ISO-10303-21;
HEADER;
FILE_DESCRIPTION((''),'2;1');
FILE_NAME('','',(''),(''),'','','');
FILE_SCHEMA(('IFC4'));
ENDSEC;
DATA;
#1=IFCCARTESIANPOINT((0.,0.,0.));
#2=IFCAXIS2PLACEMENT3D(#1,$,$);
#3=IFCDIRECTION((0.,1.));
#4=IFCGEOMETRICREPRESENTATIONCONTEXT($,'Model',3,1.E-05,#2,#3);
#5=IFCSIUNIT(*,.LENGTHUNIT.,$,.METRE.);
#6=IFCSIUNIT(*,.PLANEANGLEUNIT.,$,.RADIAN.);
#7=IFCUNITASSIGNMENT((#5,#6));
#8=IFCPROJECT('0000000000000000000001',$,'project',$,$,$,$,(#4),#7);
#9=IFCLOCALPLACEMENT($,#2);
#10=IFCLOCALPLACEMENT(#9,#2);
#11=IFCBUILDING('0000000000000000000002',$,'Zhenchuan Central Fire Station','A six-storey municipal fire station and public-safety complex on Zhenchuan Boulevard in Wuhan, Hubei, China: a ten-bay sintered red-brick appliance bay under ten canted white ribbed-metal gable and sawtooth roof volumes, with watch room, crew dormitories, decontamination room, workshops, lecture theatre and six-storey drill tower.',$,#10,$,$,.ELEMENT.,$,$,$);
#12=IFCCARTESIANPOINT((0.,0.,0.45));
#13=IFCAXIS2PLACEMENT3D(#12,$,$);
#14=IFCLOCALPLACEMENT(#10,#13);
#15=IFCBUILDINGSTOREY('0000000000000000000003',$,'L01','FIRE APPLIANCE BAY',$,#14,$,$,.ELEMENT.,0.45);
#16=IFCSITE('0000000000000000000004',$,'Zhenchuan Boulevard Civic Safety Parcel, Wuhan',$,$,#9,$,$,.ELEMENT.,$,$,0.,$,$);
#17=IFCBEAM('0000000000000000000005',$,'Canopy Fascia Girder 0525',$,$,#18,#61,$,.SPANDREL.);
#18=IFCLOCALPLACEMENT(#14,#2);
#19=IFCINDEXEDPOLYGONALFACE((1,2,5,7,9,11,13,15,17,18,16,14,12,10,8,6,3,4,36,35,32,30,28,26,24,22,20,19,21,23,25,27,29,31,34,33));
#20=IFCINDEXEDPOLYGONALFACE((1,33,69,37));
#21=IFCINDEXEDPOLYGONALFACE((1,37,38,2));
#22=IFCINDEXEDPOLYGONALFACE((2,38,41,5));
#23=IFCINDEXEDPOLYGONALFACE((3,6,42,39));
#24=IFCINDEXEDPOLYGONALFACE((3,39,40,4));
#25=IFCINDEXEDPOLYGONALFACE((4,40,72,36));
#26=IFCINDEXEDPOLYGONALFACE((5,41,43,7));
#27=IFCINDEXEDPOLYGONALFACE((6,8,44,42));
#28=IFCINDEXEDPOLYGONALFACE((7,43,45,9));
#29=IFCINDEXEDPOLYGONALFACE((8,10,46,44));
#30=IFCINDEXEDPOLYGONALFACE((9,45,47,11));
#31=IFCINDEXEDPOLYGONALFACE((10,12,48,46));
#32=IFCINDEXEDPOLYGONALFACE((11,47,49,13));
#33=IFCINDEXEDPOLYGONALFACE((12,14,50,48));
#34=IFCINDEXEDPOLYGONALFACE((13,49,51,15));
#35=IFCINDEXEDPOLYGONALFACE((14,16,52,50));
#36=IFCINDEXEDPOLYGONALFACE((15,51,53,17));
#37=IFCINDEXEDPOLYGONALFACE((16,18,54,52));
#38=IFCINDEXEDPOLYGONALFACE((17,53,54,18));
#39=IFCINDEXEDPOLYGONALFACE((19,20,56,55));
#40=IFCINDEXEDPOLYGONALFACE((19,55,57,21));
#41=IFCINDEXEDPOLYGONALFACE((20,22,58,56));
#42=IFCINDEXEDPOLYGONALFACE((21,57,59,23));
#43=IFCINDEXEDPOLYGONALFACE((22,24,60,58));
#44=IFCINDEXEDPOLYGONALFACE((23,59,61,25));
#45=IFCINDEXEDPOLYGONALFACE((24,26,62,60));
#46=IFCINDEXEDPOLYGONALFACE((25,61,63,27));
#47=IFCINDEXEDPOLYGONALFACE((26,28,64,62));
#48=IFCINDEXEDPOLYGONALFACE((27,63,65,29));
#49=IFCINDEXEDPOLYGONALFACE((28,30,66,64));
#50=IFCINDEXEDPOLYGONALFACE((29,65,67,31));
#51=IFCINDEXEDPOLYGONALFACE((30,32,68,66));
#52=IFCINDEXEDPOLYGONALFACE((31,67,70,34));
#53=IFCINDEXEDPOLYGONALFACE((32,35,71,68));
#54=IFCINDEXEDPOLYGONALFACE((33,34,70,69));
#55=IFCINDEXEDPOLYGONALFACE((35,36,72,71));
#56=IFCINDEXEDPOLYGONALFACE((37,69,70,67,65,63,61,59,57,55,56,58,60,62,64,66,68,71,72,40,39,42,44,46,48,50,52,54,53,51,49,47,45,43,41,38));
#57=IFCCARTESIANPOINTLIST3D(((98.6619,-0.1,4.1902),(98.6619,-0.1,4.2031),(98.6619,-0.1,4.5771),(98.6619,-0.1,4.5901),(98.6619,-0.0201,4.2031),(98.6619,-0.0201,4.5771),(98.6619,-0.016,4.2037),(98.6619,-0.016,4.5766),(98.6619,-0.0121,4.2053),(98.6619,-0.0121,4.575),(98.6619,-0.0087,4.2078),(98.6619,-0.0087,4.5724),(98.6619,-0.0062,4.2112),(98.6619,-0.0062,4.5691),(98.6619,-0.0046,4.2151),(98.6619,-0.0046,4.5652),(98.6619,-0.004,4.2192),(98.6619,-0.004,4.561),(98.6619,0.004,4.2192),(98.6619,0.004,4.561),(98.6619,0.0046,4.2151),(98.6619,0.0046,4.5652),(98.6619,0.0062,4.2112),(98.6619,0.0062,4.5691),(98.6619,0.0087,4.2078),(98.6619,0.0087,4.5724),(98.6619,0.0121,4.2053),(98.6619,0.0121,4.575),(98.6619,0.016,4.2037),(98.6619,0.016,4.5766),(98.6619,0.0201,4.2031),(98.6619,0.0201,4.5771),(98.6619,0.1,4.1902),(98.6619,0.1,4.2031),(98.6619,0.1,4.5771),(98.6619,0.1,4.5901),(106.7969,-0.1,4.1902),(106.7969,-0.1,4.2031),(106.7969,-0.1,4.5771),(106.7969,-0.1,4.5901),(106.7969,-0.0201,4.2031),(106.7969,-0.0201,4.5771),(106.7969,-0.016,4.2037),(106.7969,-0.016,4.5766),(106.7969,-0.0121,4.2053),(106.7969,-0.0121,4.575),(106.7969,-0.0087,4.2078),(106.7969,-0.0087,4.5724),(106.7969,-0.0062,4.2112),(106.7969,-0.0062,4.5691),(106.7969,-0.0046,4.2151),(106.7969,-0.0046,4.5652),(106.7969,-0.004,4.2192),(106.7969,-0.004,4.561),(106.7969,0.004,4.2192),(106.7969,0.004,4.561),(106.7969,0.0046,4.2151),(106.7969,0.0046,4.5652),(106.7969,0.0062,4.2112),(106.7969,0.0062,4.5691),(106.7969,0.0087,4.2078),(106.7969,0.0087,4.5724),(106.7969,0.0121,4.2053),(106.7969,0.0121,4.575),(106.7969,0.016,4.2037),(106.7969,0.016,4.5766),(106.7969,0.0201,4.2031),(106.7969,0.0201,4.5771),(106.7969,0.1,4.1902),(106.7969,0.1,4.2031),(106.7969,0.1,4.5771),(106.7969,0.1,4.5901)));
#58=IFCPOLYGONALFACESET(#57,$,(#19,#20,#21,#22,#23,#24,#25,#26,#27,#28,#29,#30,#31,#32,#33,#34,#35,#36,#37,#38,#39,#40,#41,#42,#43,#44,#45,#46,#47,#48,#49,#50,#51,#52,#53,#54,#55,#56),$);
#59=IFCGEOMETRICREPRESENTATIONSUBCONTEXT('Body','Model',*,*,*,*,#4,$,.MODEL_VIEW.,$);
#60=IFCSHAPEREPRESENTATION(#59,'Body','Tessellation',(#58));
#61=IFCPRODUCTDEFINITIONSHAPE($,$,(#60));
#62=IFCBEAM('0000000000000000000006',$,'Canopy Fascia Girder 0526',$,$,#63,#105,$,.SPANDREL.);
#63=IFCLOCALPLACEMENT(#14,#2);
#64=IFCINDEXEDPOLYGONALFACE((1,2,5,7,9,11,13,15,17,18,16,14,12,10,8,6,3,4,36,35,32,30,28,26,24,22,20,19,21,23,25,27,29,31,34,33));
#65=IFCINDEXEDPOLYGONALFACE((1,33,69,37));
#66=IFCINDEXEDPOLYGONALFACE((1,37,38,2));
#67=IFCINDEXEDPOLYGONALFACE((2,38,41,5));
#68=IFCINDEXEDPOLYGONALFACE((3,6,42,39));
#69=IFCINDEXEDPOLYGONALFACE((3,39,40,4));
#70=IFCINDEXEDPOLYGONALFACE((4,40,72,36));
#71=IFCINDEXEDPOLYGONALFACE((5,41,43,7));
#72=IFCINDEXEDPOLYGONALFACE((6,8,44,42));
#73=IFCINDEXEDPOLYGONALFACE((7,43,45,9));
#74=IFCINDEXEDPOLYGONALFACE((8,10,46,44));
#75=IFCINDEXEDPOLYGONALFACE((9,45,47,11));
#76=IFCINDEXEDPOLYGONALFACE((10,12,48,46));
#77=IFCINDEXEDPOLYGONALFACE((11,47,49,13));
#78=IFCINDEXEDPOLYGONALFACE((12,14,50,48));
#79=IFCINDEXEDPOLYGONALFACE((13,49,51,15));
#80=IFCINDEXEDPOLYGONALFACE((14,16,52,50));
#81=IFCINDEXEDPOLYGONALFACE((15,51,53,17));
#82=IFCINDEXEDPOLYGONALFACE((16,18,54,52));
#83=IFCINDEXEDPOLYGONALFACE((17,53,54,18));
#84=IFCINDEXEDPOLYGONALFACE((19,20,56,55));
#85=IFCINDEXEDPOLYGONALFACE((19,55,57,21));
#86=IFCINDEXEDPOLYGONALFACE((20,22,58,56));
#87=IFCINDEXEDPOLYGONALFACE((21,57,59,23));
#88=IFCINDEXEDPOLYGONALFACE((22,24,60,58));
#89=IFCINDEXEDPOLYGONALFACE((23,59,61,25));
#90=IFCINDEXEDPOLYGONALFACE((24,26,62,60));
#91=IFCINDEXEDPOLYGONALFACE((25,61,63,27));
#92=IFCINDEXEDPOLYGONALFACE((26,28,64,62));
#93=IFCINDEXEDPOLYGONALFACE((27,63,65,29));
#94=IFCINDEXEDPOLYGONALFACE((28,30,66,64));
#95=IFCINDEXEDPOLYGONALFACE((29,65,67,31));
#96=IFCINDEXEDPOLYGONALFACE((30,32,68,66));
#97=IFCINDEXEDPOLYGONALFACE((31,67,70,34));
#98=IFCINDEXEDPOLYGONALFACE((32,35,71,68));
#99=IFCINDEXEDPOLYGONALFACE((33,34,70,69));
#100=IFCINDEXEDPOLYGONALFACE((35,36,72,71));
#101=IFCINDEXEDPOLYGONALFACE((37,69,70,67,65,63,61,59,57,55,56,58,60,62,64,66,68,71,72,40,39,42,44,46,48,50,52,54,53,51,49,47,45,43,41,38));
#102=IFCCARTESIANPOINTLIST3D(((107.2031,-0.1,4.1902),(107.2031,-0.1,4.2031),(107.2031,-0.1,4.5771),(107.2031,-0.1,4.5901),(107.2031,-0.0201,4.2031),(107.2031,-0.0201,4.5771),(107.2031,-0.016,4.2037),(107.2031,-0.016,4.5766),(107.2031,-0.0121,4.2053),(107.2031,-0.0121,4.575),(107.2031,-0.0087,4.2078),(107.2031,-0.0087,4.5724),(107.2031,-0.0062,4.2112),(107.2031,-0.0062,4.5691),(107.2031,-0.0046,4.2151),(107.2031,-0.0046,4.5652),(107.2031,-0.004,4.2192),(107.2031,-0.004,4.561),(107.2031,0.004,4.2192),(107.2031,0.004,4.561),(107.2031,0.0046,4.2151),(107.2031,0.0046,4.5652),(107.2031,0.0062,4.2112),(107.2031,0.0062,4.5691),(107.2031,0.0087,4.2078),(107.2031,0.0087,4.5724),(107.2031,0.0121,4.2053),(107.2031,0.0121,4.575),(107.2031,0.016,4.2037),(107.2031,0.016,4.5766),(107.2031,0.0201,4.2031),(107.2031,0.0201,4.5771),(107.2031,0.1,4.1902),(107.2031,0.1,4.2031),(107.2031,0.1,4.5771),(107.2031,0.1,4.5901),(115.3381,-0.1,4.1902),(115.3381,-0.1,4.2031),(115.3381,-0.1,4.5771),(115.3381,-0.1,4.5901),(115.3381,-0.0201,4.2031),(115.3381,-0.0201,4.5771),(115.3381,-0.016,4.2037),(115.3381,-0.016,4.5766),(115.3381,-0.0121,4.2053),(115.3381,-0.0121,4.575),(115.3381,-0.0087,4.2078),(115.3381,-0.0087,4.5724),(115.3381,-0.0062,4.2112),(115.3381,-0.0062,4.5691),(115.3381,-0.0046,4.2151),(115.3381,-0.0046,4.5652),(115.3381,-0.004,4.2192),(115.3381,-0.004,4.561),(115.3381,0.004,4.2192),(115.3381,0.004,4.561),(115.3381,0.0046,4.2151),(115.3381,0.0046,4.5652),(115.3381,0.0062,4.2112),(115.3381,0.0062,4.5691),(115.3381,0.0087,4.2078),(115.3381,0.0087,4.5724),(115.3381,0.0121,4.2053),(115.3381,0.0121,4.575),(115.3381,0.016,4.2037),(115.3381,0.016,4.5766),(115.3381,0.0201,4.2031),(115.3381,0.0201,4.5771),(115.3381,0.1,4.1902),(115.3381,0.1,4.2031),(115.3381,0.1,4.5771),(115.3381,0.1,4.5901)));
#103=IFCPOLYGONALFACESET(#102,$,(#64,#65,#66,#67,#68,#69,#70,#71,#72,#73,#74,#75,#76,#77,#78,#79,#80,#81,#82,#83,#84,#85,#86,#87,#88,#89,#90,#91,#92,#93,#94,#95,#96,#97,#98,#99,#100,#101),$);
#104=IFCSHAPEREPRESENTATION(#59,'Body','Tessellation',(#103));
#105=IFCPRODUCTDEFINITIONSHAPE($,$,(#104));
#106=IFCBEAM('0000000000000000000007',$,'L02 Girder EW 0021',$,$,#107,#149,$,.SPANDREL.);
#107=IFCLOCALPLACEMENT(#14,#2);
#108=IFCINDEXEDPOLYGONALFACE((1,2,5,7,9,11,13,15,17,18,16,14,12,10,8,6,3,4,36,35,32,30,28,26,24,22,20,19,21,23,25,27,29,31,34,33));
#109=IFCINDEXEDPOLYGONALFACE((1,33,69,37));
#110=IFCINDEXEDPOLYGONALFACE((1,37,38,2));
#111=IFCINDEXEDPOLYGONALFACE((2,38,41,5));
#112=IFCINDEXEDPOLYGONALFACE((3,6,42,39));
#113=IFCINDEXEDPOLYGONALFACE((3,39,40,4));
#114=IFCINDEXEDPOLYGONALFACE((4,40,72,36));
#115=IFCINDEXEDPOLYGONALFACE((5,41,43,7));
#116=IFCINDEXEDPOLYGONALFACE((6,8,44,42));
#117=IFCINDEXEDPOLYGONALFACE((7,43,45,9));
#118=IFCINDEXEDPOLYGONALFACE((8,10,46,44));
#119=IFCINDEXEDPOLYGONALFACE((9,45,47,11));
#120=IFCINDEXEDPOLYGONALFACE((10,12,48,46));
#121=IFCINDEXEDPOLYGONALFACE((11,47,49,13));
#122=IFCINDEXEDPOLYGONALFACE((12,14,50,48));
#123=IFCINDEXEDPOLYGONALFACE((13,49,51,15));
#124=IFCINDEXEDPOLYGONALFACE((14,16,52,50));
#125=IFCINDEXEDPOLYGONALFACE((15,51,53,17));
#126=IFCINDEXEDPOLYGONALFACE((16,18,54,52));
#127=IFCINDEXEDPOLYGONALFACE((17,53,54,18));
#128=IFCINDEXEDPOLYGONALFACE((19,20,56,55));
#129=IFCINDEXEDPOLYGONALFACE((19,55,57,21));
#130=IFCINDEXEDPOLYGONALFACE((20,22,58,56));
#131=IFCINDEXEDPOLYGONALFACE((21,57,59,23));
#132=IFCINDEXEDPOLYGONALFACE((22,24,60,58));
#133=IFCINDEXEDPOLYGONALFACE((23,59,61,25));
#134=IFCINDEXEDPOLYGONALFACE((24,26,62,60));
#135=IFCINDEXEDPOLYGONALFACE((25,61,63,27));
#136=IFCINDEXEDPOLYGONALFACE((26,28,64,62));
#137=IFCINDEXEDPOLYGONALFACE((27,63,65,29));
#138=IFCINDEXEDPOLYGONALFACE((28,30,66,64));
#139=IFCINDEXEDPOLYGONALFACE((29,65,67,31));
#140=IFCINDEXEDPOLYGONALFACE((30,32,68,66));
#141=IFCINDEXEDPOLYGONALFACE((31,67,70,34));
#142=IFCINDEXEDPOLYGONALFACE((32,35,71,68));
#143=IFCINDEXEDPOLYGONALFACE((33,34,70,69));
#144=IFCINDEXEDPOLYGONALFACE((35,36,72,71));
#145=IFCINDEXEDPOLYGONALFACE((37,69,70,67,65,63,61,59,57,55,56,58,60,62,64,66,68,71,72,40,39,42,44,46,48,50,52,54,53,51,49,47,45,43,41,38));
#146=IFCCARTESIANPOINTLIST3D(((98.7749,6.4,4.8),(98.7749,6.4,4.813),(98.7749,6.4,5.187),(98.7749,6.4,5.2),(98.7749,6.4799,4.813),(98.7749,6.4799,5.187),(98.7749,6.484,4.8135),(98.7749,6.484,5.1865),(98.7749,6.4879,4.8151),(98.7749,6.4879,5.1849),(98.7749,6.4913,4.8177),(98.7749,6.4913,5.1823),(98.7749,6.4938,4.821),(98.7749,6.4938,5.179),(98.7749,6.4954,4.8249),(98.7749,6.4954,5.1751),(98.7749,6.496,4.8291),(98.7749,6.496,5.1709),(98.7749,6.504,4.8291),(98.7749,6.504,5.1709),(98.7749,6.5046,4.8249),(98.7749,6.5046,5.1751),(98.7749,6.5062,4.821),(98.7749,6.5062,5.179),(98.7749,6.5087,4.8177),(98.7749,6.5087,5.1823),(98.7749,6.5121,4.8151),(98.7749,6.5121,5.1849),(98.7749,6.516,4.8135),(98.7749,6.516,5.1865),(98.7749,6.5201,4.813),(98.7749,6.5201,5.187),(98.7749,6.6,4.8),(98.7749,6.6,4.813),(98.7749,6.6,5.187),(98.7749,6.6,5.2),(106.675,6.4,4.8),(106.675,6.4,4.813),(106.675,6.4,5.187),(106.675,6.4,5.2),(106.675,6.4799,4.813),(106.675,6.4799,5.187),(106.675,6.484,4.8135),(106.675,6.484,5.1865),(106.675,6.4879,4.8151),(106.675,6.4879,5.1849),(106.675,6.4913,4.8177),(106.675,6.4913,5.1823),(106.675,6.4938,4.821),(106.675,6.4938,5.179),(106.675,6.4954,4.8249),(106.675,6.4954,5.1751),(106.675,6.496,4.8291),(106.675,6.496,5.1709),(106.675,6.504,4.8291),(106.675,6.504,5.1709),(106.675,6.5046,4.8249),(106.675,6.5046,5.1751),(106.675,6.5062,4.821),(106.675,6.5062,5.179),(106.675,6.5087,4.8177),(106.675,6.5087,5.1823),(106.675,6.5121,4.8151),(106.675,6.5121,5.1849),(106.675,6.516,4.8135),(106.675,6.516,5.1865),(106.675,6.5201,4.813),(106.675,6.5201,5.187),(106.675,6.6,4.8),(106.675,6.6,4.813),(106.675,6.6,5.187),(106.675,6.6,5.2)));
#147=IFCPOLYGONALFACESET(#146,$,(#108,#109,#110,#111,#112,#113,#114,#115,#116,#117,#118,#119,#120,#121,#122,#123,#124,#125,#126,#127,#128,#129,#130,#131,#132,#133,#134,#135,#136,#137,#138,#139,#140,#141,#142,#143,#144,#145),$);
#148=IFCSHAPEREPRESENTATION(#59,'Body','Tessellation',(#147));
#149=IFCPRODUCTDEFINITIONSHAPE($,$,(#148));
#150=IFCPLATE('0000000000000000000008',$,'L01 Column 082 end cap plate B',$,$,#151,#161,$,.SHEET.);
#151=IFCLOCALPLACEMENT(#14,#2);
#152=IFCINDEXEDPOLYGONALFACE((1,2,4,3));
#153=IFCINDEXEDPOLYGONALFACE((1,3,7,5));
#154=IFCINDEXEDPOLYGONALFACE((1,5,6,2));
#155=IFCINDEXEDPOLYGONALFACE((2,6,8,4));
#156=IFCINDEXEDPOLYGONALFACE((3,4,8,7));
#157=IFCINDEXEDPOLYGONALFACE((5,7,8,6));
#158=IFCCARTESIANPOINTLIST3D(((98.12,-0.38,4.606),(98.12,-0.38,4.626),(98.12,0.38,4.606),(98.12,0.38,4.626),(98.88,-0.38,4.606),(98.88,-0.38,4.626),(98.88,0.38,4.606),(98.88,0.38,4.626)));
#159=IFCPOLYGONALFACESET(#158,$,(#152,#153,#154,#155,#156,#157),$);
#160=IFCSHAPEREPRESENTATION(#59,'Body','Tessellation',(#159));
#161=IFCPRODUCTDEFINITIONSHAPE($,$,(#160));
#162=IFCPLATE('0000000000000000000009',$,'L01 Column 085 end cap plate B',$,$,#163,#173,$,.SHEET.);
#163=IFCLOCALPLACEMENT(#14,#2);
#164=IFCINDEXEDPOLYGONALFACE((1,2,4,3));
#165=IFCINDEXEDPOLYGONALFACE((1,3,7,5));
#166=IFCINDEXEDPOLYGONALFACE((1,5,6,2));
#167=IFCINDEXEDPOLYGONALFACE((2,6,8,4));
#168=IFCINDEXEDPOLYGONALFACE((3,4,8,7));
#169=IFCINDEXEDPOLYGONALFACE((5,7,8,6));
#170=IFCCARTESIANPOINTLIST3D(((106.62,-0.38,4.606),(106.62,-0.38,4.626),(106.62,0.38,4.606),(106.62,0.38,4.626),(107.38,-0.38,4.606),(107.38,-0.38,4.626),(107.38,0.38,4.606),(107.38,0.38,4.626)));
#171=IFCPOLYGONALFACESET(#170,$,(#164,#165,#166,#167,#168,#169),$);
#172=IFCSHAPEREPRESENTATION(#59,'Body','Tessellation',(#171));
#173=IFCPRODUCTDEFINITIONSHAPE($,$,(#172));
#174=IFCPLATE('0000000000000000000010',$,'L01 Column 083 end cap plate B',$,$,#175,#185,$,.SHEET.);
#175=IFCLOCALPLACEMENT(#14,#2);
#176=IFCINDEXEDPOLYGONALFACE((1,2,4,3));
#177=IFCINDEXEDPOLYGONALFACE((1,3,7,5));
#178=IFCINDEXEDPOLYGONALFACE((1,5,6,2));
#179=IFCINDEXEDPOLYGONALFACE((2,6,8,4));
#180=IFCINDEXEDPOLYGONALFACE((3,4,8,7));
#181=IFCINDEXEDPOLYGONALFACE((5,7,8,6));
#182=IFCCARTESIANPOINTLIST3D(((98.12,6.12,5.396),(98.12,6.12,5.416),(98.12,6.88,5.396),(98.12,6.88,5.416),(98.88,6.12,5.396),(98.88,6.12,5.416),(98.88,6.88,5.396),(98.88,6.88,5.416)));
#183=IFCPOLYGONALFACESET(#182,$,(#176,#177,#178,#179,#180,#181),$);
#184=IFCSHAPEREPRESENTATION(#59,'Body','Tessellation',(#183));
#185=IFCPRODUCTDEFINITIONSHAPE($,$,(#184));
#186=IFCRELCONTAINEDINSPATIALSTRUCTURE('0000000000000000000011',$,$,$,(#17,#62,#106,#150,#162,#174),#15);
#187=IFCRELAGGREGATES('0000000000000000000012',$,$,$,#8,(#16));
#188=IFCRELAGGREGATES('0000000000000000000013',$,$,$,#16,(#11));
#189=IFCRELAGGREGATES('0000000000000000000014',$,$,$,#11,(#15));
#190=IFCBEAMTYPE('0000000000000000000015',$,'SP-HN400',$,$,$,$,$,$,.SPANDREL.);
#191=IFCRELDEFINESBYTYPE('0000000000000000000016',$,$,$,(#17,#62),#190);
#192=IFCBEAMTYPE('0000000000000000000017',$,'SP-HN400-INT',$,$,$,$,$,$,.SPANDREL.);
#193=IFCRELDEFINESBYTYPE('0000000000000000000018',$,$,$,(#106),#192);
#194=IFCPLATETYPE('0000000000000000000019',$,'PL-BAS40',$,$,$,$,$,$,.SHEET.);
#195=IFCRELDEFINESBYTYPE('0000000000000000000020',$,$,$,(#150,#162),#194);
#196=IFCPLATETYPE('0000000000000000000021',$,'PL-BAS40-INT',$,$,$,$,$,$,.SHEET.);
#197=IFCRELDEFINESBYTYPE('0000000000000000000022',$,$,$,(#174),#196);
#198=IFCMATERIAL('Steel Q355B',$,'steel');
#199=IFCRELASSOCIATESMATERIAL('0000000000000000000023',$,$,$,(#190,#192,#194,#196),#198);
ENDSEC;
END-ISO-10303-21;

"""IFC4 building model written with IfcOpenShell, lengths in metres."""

from ifc_helpers import new_model, si_unit, direction, frame, origin, origin_2d, place, context, subcontext, project, spatial, rectangle, i_section, extrude, material, material_profile, profile_set, type_object, element, save


model = new_model("IFC4")

# Units and contexts
model_context = context("Model", 3, precision=1e-05, world=origin(), true_north=direction((0.0, 1.0)))
body_context = subcontext(model_context, "Body", "Model", "MODEL_VIEW")
ifc_project = project(units=[si_unit("LENGTHUNIT", "METRE"), si_unit("PLANEANGLEUNIT", "RADIAN")], contexts=[model_context])

# Site, building, storey
site_placement = place(None, origin())
site = spatial("IfcSite", under=ifc_project, at=site_placement, Name="Zhenchuan Boulevard Civic Safety Parcel, Wuhan", CompositionType="ELEMENT", RefElevation=0.0)
building_placement = place(site_placement, origin())
building = spatial("IfcBuilding", under=site, at=building_placement, Name="Zhenchuan Central Fire Station", Description="A six-storey municipal fire station and public-safety complex on Zhenchuan Boulevard in Wuhan, Hubei, China: a ten-bay sintered red-brick appliance bay under ten canted white ribbed-metal gable and sawtooth roof volumes, with watch room, crew dormitories, decontamination room, workshops, lecture theatre and six-storey drill tower.", CompositionType="ELEMENT")
storey_placement = place(building_placement, frame((0.0, 0.0, 0.45)))
storey = spatial("IfcBuildingStorey", under=building, at=storey_placement, Name="L01", Description="FIRE APPLIANCE BAY", CompositionType="ELEMENT", Elevation=0.45)

# Shared definitions
ifc_material_1 = material(Name="Steel Q355B", Category="steel")

# Beams
ifc_material_profile_1 = material_profile(ifc_material_1, i_section(OverallWidth=0.2, OverallDepth=0.3999, WebThickness=0.0081, FlangeThickness=0.0129, FilletRadius=0.0161, at=origin_2d()), Name="HN 400x200")
ifc_profile_set_1 = profile_set([ifc_material_profile_1], Name="Steel Q355B")
beam_type_1 = type_object("IfcBeamType", Name="SP-HN400", PredefinedType="SPANDREL", material=ifc_profile_set_1)
for number, where, z_axis, x_axis, name in (
    (1, (98.6619, 0.0, 4.3901), (1.0, 0.0, 0.0), (0.0, 1.0, 0.0), "Canopy Fascia Girder 0525"),
    (2, (107.2031, 0.0, 4.3901), (1.0, 0.0, 0.0), (0.0, 1.0, 0.0), "Canopy Fascia Girder 0526"),
):
    element("IfcBeam", number, at=place(storey_placement, frame(where, z_axis=z_axis, x_axis=x_axis)), inside=storey, type_object=beam_type_1, Name=name, PredefinedType="SPANDREL", context=body_context, shape_type="SweptSolid", body=[
        extrude(i_section(OverallWidth=0.2, OverallDepth=0.3999, WebThickness=0.0081, FlangeThickness=0.0129, FilletRadius=0.0161, at=origin_2d()), origin(), (0.0, 0.0, 1.0), 8.135),
    ])
ifc_material_profile_2 = material_profile(ifc_material_1, i_section(OverallWidth=0.2, OverallDepth=0.3999, WebThickness=0.0081, FlangeThickness=0.0129, FilletRadius=0.0161, at=origin_2d()), Name="HN 400x200")
ifc_profile_set_2 = profile_set([ifc_material_profile_2], Name="Steel Q355B")
beam_type_2 = type_object("IfcBeamType", Name="SP-HN400-INT", PredefinedType="SPANDREL", material=ifc_profile_set_2)
beam_1_placement = place(storey_placement, frame((98.7749, 6.5, 5.0), z_axis=(1.0, 0.0, 0.0), x_axis=(0.0, 1.0, 0.0)))
element("IfcBeam", 3, at=beam_1_placement, inside=storey, type_object=beam_type_2, Name="L02 Girder EW 0021", PredefinedType="SPANDREL", context=body_context, shape_type="SweptSolid", body=[
    extrude(i_section(OverallWidth=0.2, OverallDepth=0.3999, WebThickness=0.0081, FlangeThickness=0.0129, FilletRadius=0.0161, at=origin_2d()), origin(), (0.0, 0.0, 1.0), 7.9001),
])

# Plates
ifc_material_profile_3 = material_profile(ifc_material_1, rectangle(XDim=0.76, YDim=0.76, at=origin_2d()), Name="PL 760x760x40")
ifc_profile_set_3 = profile_set([ifc_material_profile_3], Name="Steel Q355B")
plate_type_1 = type_object("IfcPlateType", Name="PL-BAS40", PredefinedType="SHEET", material=ifc_profile_set_3)
for number, where, z_axis, x_axis, name in (
    (4, (98.5, 0.0, 4.606), (0.0, 0.0, 1.0), (1.0, 0.0, 0.0), "L01 Column 082 end cap plate B"),
    (5, (107.0, 0.0, 4.606), (0.0, 0.0, 1.0), (1.0, 0.0, 0.0), "L01 Column 085 end cap plate B"),
):
    element("IfcPlate", number, at=place(storey_placement, frame(where, z_axis=z_axis, x_axis=x_axis)), inside=storey, type_object=plate_type_1, Name=name, PredefinedType="SHEET", context=body_context, shape_type="SweptSolid", body=[
        extrude(rectangle(XDim=0.76, YDim=0.76, at=origin_2d()), origin(), (0.0, 0.0, 1.0), 0.02),
    ])
ifc_material_profile_4 = material_profile(ifc_material_1, rectangle(XDim=0.76, YDim=0.76, at=origin_2d()), Name="PL 760x760x40")
ifc_profile_set_4 = profile_set([ifc_material_profile_4], Name="Steel Q355B")
plate_type_2 = type_object("IfcPlateType", Name="PL-BAS40-INT", PredefinedType="SHEET", material=ifc_profile_set_4)
plate_placement = place(storey_placement, frame((98.5, 6.5, 5.396), z_axis=(0.0, 0.0, 1.0), x_axis=(1.0, 0.0, 0.0)))
element("IfcPlate", 6, at=plate_placement, inside=storey, type_object=plate_type_2, Name="L01 Column 083 end cap plate B", PredefinedType="SHEET", context=body_context, shape_type="SweptSolid", body=[
    extrude(rectangle(XDim=0.76, YDim=0.76, at=origin_2d()), origin(), (0.0, 0.0, 1.0), 0.02),
])

save(model, "model.ifc")
